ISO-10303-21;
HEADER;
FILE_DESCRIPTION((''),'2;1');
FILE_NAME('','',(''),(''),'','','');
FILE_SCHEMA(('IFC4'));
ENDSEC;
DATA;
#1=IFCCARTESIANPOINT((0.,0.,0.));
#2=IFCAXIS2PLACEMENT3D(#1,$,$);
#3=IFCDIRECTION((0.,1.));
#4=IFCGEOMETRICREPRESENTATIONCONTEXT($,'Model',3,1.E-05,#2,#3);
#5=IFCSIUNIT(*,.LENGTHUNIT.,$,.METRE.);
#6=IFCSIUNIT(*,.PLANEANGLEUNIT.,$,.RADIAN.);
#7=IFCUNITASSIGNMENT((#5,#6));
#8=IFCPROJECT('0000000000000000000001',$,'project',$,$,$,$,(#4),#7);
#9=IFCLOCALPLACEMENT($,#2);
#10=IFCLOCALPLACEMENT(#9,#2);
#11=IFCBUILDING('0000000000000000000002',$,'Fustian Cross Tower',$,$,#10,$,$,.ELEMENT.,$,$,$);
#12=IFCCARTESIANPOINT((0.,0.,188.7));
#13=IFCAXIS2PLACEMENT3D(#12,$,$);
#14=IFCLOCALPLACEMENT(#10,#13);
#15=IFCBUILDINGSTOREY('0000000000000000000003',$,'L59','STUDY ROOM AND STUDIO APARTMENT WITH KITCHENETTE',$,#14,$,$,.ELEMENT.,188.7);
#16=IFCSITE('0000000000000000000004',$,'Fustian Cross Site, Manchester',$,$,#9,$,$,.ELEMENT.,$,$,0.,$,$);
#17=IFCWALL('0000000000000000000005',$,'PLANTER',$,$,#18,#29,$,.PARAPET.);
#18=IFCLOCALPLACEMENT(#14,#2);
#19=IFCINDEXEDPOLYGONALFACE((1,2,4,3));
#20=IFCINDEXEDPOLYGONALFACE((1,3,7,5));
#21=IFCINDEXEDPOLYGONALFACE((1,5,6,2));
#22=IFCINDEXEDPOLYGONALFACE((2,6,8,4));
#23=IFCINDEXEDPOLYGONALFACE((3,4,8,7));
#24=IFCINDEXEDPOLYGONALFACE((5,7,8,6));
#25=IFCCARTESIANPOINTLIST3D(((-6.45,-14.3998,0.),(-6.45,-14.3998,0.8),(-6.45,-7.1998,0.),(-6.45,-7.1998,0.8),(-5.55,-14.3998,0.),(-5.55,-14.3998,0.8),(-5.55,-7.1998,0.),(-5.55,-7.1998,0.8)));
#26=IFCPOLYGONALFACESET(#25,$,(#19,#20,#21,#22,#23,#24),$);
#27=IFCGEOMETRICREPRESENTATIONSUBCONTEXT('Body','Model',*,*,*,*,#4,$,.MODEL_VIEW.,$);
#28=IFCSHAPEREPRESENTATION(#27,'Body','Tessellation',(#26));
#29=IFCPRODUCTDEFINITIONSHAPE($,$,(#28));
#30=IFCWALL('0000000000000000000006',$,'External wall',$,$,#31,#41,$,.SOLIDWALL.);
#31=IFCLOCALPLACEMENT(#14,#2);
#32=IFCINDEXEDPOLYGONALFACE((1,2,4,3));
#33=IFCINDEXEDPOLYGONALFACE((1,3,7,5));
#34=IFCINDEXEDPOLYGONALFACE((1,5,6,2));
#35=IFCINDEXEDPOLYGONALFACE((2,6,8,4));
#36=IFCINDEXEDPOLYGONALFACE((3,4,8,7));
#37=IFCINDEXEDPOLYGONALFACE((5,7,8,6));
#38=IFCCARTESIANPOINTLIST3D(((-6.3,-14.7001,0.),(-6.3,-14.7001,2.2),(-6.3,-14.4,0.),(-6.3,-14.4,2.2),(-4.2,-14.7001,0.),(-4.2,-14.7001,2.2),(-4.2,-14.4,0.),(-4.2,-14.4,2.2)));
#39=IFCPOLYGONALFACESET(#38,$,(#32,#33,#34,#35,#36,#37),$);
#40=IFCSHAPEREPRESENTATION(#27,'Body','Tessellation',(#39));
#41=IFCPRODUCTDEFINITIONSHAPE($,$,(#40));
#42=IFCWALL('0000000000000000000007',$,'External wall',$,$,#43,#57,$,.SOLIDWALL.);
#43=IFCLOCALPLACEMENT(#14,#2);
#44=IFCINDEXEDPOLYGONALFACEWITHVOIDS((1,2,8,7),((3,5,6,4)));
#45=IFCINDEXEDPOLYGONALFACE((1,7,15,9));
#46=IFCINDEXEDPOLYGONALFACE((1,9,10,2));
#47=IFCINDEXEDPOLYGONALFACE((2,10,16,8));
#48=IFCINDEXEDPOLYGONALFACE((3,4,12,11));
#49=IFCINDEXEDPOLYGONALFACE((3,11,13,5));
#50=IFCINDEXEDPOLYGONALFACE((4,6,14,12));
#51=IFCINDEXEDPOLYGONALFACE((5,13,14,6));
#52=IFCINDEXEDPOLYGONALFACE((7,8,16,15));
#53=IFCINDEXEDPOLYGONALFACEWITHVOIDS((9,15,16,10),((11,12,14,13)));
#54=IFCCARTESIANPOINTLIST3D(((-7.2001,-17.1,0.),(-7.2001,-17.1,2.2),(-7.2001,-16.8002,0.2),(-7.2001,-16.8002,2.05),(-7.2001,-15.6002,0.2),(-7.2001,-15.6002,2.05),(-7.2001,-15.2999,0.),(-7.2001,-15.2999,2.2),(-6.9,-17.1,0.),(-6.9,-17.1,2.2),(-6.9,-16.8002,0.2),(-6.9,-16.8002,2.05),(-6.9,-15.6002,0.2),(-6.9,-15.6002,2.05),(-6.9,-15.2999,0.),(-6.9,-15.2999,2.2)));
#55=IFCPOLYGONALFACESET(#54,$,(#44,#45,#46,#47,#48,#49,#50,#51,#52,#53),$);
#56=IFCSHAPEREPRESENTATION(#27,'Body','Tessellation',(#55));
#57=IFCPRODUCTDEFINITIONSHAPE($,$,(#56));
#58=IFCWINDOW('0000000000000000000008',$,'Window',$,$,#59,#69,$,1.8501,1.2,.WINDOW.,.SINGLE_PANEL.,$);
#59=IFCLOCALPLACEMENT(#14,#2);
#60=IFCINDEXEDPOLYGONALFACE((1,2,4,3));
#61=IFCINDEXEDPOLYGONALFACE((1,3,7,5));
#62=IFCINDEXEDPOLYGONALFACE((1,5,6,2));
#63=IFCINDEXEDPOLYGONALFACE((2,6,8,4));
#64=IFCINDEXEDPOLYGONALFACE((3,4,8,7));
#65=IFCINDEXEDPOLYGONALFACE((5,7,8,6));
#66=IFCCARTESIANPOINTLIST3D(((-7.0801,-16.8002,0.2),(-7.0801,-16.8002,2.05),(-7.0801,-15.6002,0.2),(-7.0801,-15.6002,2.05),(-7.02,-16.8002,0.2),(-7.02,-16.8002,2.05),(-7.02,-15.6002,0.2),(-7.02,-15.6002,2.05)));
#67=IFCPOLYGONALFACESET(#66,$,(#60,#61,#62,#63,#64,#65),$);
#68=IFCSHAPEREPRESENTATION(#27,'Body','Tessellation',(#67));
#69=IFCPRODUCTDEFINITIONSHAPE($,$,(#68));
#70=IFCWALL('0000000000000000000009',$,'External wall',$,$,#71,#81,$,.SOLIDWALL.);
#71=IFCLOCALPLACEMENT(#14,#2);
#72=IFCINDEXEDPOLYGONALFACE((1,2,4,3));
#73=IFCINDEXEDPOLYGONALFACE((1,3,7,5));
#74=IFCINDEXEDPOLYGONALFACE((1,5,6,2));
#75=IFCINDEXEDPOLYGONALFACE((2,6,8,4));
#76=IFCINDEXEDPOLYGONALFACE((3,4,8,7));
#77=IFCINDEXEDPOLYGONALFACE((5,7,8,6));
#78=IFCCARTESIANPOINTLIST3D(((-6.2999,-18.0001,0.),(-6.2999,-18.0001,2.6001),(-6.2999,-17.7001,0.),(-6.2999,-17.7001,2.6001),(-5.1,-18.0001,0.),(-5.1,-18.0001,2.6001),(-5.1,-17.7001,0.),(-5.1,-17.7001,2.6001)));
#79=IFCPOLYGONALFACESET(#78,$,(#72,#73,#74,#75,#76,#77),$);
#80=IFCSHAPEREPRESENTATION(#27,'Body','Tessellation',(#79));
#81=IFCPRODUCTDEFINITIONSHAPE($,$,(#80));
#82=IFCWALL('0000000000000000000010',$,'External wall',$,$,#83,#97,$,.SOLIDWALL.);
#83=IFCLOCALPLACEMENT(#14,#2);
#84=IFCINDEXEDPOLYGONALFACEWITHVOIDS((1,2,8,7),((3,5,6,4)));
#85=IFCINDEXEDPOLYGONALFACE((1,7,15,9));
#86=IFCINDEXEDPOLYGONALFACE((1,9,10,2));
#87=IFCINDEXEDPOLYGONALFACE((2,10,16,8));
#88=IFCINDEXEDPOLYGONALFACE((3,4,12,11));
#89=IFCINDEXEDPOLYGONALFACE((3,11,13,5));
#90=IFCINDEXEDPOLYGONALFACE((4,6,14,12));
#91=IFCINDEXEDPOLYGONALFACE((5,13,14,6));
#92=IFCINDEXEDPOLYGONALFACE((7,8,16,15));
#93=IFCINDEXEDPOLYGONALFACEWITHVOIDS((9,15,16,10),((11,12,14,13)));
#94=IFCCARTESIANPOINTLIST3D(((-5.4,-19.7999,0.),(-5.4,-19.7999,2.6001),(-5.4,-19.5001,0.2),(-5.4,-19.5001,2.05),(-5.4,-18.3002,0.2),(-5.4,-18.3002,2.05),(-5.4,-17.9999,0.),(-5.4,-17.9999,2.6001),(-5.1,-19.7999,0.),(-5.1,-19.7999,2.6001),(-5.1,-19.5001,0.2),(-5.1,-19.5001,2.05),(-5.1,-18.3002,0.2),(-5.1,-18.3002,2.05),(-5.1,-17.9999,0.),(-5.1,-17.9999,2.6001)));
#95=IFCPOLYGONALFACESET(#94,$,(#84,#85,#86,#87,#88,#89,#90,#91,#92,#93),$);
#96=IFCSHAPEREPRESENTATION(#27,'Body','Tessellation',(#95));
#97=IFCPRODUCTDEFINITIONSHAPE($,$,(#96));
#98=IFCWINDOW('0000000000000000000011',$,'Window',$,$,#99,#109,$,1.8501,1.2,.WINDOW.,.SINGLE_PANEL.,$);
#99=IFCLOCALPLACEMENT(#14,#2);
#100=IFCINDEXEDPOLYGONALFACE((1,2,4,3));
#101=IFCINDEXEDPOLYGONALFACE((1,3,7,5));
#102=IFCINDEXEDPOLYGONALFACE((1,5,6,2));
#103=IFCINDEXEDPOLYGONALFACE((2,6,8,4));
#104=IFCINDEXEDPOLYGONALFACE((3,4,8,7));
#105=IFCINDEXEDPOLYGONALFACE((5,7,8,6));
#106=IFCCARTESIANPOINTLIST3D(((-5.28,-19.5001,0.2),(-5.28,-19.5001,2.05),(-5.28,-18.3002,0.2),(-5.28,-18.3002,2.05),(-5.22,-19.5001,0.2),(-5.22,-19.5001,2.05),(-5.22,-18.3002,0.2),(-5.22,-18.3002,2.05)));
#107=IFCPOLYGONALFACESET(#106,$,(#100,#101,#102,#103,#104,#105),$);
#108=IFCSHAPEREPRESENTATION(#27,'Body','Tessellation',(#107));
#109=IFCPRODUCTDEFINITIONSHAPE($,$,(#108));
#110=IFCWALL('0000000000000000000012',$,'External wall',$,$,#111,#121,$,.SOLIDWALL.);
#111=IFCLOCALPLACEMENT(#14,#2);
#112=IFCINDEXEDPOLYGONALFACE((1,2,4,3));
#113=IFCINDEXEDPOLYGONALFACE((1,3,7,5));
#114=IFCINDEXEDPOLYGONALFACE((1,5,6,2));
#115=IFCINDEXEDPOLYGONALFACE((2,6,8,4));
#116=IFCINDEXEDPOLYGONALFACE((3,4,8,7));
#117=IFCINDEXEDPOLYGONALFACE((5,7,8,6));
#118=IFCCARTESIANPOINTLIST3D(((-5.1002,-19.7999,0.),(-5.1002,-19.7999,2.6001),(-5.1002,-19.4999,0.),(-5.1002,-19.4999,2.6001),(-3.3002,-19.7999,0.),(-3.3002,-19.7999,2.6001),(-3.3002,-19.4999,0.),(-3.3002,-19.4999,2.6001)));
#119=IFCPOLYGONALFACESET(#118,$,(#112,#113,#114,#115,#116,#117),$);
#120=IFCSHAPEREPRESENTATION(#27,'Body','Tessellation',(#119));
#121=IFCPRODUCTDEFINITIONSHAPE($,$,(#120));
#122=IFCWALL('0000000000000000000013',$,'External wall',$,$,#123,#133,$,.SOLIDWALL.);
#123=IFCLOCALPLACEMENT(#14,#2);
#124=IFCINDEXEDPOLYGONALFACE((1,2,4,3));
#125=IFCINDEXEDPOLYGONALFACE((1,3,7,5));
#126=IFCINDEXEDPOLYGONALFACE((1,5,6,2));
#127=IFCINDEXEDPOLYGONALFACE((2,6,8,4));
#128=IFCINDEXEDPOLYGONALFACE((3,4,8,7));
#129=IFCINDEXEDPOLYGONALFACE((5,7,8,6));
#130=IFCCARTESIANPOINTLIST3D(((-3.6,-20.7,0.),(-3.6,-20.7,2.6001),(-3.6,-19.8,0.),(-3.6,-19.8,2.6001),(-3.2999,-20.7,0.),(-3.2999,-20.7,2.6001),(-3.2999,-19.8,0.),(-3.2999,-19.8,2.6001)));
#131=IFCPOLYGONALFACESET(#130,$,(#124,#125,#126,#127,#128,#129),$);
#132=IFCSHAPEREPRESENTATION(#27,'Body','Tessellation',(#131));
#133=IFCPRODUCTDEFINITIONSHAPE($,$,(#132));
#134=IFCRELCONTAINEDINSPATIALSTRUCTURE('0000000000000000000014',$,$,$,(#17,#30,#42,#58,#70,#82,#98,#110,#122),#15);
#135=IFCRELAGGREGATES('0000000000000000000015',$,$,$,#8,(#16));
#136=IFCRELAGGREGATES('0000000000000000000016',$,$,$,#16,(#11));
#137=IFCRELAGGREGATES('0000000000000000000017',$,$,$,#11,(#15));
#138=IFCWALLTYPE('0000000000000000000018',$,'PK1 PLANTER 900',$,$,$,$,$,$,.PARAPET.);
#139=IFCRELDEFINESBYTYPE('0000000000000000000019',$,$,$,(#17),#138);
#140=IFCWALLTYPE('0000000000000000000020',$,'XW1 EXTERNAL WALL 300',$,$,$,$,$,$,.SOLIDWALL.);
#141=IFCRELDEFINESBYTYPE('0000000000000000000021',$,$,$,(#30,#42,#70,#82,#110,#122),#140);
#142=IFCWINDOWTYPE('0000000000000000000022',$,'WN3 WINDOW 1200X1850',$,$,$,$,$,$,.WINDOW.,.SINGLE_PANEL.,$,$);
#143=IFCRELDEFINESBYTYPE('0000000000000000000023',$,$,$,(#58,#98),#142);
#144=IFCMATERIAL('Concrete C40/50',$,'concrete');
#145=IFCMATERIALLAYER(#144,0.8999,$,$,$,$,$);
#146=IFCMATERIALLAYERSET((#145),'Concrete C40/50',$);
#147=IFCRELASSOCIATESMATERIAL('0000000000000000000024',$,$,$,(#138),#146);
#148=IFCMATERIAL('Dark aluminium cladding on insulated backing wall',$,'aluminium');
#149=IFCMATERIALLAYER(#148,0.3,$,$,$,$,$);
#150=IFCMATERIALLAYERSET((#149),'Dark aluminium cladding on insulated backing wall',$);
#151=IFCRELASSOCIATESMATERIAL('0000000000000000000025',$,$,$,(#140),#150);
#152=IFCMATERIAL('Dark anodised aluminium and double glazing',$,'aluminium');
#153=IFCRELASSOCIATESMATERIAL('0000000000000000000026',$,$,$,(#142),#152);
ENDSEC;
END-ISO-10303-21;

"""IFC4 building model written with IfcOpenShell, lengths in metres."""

from ifc_helpers import new_model, si_unit, direction, frame, frame_2d, origin, place, context, subcontext, project, spatial, rectangle, extrude, material, layer, layer_set, type_object, element, fill, save


model = new_model("IFC4")

# Units and contexts
model_context = context("Model", 3, precision=1e-05, world=origin(), true_north=direction((0.0, 1.0)))
body_context = subcontext(model_context, "Body", "Model", "MODEL_VIEW")
ifc_project = project(units=[si_unit("LENGTHUNIT", "METRE"), si_unit("PLANEANGLEUNIT", "RADIAN")], contexts=[model_context])

# Site, building, storey
site_placement = place(None, origin())
site = spatial("IfcSite", under=ifc_project, at=site_placement, Name="Fustian Cross Site, Manchester", CompositionType="ELEMENT", RefElevation=0.0)
building_placement = place(site_placement, origin())
building = spatial("IfcBuilding", under=site, at=building_placement, Name="Fustian Cross Tower", CompositionType="ELEMENT")
storey_placement = place(building_placement, frame((0.0, 0.0, 188.7)))
storey = spatial("IfcBuildingStorey", under=building, at=storey_placement, Name="L59", Description="STUDY ROOM AND STUDIO APARTMENT WITH KITCHENETTE", CompositionType="ELEMENT", Elevation=188.7)

# Walls
ifc_material_1 = material(Name="Concrete C40/50", Category="concrete")
ifc_layer_1 = layer(ifc_material_1, 0.8999)
ifc_layer_set_1 = layer_set([ifc_layer_1], Name="Concrete C40/50")
wall_type_1 = type_object("IfcWallType", Name="PK1 PLANTER 900", PredefinedType="PARAPET", material=ifc_layer_set_1)
wall_1_placement = place(storey_placement, frame((-6.0, -14.3999, 0.0), z_axis=(0.0, 0.0, 1.0), x_axis=(0.0, 1.0, 0.0)))
element("IfcWall", 1, at=wall_1_placement, inside=storey, type_object=wall_type_1, Name="PLANTER", PredefinedType="PARAPET", context=body_context, shape_type="SweptSolid", body=[
    extrude(rectangle(XDim=7.2, YDim=0.8999, at=frame_2d((3.6001, 0.0))), origin(), (0.0, 0.0, 1.0), 0.8),
])
ifc_material_2 = material(Name="Dark aluminium cladding on insulated backing wall", Category="aluminium")
ifc_layer_2 = layer(ifc_material_2, 0.3)
ifc_layer_set_2 = layer_set([ifc_layer_2], Name="Dark aluminium cladding on insulated backing wall")
wall_type_2 = type_object("IfcWallType", Name="XW1 EXTERNAL WALL 300", PredefinedType="SOLIDWALL", material=ifc_layer_set_2)
wall_2_placement = place(storey_placement, frame((-4.2, -14.55, 0.0), z_axis=(0.0, 0.0, 1.0), x_axis=(-1.0, 0.0, 0.0)))
element("IfcWall", 2, at=wall_2_placement, inside=storey, type_object=wall_type_2, Name="External wall", PredefinedType="SOLIDWALL", context=body_context, shape_type="SweptSolid", body=[
    extrude(rectangle(XDim=2.1001, YDim=0.3, at=frame_2d((1.05, 0.0))), origin(), (0.0, 0.0, 1.0), 2.2),
])

# Wall, opening, window
wall_3_placement = place(storey_placement, frame((-7.05, -15.3, 0.0), z_axis=(0.0, 0.0, 1.0), x_axis=(0.0, -1.0, 0.0)))
wall_3 = element("IfcWall", 3, at=wall_3_placement, inside=storey, type_object=wall_type_2, Name="External wall", PredefinedType="SOLIDWALL", context=body_context, shape_type="SweptSolid", body=[
    extrude(rectangle(XDim=1.8, YDim=0.3, at=frame_2d((0.8999, 0.0))), origin(), (0.0, 0.0, 1.0), 2.2),
])
opening_1_placement = place(wall_3_placement, frame((0.3, 0.0, 0.2)))
opening_1 = element("IfcOpeningElement", 4, at=opening_1_placement, cuts=wall_3, PredefinedType="OPENING", context=body_context, shape_type="SweptSolid", body=[
    extrude(rectangle(XDim=1.2, YDim=1.8501, at=frame_2d((0.6001, 0.925))), frame((0.0, 0.1599, 0.0), z_axis=(0.0, -1.0, 0.0), x_axis=(1.0, 0.0, 0.0)), (0.0, 0.0, 1.0), 0.3201),
])
ifc_material_3 = material(Name="Dark anodised aluminium and double glazing", Category="aluminium")
window_type = type_object("IfcWindowType", Name="WN3 WINDOW 1200X1850", PartitioningType="SINGLE_PANEL", PredefinedType="WINDOW", material=ifc_material_3)
window_1_placement = place(opening_1_placement, origin())
window_1 = element("IfcWindow", 5, at=window_1_placement, inside=storey, type_object=window_type, Name="Window", OverallHeight=1.8501, OverallWidth=1.2, PartitioningType="SINGLE_PANEL", PredefinedType="WINDOW", context=body_context, shape_type="SweptSolid", body=[
    extrude(rectangle(XDim=1.2, YDim=1.8501, at=frame_2d((0.6001, 0.925))), frame((0.0, 0.03, 0.0), z_axis=(0.0, -1.0, 0.0), x_axis=(1.0, 0.0, 0.0)), (0.0, 0.0, 1.0), 0.0601),
])
fill(opening_1, window_1)

# Wall
wall_4_placement = place(storey_placement, frame((-6.3, -17.8501, 0.0), z_axis=(0.0, 0.0, 1.0), x_axis=(1.0, 0.0, 0.0)))
element("IfcWall", 6, at=wall_4_placement, inside=storey, type_object=wall_type_2, Name="External wall", PredefinedType="SOLIDWALL", context=body_context, shape_type="SweptSolid", body=[
    extrude(rectangle(XDim=1.2, YDim=0.3, at=frame_2d((0.6001, 0.0))), origin(), (0.0, 0.0, 1.0), 2.6001),
])

# Wall, opening, window
wall_5_placement = place(storey_placement, frame((-5.25, -18.0, 0.0), z_axis=(0.0, 0.0, 1.0), x_axis=(0.0, -1.0, 0.0)))
wall_5 = element("IfcWall", 7, at=wall_5_placement, inside=storey, type_object=wall_type_2, Name="External wall", PredefinedType="SOLIDWALL", context=body_context, shape_type="SweptSolid", body=[
    extrude(rectangle(XDim=1.8, YDim=0.3, at=frame_2d((0.8999, 0.0))), origin(), (0.0, 0.0, 1.0), 2.6001),
])
opening_2_placement = place(wall_5_placement, frame((0.3, 0.0, 0.2)))
opening_2 = element("IfcOpeningElement", 8, at=opening_2_placement, cuts=wall_5, PredefinedType="OPENING", context=body_context, shape_type="SweptSolid", body=[
    extrude(rectangle(XDim=1.2, YDim=1.8501, at=frame_2d((0.6001, 0.925))), frame((0.0, 0.1599, 0.0), z_axis=(0.0, -1.0, 0.0), x_axis=(1.0, 0.0, 0.0)), (0.0, 0.0, 1.0), 0.3201),
])
window_2_placement = place(opening_2_placement, origin())
window_2 = element("IfcWindow", 9, at=window_2_placement, inside=storey, type_object=window_type, Name="Window", OverallHeight=1.8501, OverallWidth=1.2, PartitioningType="SINGLE_PANEL", PredefinedType="WINDOW", context=body_context, shape_type="SweptSolid", body=[
    extrude(rectangle(XDim=1.2, YDim=1.8501, at=frame_2d((0.6001, 0.925))), frame((0.0, 0.03, 0.0), z_axis=(0.0, -1.0, 0.0), x_axis=(1.0, 0.0, 0.0)), (0.0, 0.0, 1.0), 0.0601),
])
fill(opening_2, window_2)

# Walls
wall_6_placement = place(storey_placement, frame((-5.1001, -19.6499, 0.0), z_axis=(0.0, 0.0, 1.0), x_axis=(1.0, 0.0, 0.0)))
element("IfcWall", 10, at=wall_6_placement, inside=storey, type_object=wall_type_2, Name="External wall", PredefinedType="SOLIDWALL", context=body_context, shape_type="SweptSolid", body=[
    extrude(rectangle(XDim=1.8, YDim=0.3, at=frame_2d((0.8999, 0.0))), origin(), (0.0, 0.0, 1.0), 2.6001),
])
wall_7_placement = place(storey_placement, frame((-3.45, -19.8, 0.0), z_axis=(0.0, 0.0, 1.0), x_axis=(0.0, -1.0, 0.0)))
element("IfcWall", 11, at=wall_7_placement, inside=storey, type_object=wall_type_2, Name="External wall", PredefinedType="SOLIDWALL", context=body_context, shape_type="SweptSolid", body=[
    extrude(rectangle(XDim=0.8999, YDim=0.3, at=frame_2d((0.45, 0.0))), origin(), (0.0, 0.0, 1.0), 2.6001),
])

save(model, "model.ifc")
